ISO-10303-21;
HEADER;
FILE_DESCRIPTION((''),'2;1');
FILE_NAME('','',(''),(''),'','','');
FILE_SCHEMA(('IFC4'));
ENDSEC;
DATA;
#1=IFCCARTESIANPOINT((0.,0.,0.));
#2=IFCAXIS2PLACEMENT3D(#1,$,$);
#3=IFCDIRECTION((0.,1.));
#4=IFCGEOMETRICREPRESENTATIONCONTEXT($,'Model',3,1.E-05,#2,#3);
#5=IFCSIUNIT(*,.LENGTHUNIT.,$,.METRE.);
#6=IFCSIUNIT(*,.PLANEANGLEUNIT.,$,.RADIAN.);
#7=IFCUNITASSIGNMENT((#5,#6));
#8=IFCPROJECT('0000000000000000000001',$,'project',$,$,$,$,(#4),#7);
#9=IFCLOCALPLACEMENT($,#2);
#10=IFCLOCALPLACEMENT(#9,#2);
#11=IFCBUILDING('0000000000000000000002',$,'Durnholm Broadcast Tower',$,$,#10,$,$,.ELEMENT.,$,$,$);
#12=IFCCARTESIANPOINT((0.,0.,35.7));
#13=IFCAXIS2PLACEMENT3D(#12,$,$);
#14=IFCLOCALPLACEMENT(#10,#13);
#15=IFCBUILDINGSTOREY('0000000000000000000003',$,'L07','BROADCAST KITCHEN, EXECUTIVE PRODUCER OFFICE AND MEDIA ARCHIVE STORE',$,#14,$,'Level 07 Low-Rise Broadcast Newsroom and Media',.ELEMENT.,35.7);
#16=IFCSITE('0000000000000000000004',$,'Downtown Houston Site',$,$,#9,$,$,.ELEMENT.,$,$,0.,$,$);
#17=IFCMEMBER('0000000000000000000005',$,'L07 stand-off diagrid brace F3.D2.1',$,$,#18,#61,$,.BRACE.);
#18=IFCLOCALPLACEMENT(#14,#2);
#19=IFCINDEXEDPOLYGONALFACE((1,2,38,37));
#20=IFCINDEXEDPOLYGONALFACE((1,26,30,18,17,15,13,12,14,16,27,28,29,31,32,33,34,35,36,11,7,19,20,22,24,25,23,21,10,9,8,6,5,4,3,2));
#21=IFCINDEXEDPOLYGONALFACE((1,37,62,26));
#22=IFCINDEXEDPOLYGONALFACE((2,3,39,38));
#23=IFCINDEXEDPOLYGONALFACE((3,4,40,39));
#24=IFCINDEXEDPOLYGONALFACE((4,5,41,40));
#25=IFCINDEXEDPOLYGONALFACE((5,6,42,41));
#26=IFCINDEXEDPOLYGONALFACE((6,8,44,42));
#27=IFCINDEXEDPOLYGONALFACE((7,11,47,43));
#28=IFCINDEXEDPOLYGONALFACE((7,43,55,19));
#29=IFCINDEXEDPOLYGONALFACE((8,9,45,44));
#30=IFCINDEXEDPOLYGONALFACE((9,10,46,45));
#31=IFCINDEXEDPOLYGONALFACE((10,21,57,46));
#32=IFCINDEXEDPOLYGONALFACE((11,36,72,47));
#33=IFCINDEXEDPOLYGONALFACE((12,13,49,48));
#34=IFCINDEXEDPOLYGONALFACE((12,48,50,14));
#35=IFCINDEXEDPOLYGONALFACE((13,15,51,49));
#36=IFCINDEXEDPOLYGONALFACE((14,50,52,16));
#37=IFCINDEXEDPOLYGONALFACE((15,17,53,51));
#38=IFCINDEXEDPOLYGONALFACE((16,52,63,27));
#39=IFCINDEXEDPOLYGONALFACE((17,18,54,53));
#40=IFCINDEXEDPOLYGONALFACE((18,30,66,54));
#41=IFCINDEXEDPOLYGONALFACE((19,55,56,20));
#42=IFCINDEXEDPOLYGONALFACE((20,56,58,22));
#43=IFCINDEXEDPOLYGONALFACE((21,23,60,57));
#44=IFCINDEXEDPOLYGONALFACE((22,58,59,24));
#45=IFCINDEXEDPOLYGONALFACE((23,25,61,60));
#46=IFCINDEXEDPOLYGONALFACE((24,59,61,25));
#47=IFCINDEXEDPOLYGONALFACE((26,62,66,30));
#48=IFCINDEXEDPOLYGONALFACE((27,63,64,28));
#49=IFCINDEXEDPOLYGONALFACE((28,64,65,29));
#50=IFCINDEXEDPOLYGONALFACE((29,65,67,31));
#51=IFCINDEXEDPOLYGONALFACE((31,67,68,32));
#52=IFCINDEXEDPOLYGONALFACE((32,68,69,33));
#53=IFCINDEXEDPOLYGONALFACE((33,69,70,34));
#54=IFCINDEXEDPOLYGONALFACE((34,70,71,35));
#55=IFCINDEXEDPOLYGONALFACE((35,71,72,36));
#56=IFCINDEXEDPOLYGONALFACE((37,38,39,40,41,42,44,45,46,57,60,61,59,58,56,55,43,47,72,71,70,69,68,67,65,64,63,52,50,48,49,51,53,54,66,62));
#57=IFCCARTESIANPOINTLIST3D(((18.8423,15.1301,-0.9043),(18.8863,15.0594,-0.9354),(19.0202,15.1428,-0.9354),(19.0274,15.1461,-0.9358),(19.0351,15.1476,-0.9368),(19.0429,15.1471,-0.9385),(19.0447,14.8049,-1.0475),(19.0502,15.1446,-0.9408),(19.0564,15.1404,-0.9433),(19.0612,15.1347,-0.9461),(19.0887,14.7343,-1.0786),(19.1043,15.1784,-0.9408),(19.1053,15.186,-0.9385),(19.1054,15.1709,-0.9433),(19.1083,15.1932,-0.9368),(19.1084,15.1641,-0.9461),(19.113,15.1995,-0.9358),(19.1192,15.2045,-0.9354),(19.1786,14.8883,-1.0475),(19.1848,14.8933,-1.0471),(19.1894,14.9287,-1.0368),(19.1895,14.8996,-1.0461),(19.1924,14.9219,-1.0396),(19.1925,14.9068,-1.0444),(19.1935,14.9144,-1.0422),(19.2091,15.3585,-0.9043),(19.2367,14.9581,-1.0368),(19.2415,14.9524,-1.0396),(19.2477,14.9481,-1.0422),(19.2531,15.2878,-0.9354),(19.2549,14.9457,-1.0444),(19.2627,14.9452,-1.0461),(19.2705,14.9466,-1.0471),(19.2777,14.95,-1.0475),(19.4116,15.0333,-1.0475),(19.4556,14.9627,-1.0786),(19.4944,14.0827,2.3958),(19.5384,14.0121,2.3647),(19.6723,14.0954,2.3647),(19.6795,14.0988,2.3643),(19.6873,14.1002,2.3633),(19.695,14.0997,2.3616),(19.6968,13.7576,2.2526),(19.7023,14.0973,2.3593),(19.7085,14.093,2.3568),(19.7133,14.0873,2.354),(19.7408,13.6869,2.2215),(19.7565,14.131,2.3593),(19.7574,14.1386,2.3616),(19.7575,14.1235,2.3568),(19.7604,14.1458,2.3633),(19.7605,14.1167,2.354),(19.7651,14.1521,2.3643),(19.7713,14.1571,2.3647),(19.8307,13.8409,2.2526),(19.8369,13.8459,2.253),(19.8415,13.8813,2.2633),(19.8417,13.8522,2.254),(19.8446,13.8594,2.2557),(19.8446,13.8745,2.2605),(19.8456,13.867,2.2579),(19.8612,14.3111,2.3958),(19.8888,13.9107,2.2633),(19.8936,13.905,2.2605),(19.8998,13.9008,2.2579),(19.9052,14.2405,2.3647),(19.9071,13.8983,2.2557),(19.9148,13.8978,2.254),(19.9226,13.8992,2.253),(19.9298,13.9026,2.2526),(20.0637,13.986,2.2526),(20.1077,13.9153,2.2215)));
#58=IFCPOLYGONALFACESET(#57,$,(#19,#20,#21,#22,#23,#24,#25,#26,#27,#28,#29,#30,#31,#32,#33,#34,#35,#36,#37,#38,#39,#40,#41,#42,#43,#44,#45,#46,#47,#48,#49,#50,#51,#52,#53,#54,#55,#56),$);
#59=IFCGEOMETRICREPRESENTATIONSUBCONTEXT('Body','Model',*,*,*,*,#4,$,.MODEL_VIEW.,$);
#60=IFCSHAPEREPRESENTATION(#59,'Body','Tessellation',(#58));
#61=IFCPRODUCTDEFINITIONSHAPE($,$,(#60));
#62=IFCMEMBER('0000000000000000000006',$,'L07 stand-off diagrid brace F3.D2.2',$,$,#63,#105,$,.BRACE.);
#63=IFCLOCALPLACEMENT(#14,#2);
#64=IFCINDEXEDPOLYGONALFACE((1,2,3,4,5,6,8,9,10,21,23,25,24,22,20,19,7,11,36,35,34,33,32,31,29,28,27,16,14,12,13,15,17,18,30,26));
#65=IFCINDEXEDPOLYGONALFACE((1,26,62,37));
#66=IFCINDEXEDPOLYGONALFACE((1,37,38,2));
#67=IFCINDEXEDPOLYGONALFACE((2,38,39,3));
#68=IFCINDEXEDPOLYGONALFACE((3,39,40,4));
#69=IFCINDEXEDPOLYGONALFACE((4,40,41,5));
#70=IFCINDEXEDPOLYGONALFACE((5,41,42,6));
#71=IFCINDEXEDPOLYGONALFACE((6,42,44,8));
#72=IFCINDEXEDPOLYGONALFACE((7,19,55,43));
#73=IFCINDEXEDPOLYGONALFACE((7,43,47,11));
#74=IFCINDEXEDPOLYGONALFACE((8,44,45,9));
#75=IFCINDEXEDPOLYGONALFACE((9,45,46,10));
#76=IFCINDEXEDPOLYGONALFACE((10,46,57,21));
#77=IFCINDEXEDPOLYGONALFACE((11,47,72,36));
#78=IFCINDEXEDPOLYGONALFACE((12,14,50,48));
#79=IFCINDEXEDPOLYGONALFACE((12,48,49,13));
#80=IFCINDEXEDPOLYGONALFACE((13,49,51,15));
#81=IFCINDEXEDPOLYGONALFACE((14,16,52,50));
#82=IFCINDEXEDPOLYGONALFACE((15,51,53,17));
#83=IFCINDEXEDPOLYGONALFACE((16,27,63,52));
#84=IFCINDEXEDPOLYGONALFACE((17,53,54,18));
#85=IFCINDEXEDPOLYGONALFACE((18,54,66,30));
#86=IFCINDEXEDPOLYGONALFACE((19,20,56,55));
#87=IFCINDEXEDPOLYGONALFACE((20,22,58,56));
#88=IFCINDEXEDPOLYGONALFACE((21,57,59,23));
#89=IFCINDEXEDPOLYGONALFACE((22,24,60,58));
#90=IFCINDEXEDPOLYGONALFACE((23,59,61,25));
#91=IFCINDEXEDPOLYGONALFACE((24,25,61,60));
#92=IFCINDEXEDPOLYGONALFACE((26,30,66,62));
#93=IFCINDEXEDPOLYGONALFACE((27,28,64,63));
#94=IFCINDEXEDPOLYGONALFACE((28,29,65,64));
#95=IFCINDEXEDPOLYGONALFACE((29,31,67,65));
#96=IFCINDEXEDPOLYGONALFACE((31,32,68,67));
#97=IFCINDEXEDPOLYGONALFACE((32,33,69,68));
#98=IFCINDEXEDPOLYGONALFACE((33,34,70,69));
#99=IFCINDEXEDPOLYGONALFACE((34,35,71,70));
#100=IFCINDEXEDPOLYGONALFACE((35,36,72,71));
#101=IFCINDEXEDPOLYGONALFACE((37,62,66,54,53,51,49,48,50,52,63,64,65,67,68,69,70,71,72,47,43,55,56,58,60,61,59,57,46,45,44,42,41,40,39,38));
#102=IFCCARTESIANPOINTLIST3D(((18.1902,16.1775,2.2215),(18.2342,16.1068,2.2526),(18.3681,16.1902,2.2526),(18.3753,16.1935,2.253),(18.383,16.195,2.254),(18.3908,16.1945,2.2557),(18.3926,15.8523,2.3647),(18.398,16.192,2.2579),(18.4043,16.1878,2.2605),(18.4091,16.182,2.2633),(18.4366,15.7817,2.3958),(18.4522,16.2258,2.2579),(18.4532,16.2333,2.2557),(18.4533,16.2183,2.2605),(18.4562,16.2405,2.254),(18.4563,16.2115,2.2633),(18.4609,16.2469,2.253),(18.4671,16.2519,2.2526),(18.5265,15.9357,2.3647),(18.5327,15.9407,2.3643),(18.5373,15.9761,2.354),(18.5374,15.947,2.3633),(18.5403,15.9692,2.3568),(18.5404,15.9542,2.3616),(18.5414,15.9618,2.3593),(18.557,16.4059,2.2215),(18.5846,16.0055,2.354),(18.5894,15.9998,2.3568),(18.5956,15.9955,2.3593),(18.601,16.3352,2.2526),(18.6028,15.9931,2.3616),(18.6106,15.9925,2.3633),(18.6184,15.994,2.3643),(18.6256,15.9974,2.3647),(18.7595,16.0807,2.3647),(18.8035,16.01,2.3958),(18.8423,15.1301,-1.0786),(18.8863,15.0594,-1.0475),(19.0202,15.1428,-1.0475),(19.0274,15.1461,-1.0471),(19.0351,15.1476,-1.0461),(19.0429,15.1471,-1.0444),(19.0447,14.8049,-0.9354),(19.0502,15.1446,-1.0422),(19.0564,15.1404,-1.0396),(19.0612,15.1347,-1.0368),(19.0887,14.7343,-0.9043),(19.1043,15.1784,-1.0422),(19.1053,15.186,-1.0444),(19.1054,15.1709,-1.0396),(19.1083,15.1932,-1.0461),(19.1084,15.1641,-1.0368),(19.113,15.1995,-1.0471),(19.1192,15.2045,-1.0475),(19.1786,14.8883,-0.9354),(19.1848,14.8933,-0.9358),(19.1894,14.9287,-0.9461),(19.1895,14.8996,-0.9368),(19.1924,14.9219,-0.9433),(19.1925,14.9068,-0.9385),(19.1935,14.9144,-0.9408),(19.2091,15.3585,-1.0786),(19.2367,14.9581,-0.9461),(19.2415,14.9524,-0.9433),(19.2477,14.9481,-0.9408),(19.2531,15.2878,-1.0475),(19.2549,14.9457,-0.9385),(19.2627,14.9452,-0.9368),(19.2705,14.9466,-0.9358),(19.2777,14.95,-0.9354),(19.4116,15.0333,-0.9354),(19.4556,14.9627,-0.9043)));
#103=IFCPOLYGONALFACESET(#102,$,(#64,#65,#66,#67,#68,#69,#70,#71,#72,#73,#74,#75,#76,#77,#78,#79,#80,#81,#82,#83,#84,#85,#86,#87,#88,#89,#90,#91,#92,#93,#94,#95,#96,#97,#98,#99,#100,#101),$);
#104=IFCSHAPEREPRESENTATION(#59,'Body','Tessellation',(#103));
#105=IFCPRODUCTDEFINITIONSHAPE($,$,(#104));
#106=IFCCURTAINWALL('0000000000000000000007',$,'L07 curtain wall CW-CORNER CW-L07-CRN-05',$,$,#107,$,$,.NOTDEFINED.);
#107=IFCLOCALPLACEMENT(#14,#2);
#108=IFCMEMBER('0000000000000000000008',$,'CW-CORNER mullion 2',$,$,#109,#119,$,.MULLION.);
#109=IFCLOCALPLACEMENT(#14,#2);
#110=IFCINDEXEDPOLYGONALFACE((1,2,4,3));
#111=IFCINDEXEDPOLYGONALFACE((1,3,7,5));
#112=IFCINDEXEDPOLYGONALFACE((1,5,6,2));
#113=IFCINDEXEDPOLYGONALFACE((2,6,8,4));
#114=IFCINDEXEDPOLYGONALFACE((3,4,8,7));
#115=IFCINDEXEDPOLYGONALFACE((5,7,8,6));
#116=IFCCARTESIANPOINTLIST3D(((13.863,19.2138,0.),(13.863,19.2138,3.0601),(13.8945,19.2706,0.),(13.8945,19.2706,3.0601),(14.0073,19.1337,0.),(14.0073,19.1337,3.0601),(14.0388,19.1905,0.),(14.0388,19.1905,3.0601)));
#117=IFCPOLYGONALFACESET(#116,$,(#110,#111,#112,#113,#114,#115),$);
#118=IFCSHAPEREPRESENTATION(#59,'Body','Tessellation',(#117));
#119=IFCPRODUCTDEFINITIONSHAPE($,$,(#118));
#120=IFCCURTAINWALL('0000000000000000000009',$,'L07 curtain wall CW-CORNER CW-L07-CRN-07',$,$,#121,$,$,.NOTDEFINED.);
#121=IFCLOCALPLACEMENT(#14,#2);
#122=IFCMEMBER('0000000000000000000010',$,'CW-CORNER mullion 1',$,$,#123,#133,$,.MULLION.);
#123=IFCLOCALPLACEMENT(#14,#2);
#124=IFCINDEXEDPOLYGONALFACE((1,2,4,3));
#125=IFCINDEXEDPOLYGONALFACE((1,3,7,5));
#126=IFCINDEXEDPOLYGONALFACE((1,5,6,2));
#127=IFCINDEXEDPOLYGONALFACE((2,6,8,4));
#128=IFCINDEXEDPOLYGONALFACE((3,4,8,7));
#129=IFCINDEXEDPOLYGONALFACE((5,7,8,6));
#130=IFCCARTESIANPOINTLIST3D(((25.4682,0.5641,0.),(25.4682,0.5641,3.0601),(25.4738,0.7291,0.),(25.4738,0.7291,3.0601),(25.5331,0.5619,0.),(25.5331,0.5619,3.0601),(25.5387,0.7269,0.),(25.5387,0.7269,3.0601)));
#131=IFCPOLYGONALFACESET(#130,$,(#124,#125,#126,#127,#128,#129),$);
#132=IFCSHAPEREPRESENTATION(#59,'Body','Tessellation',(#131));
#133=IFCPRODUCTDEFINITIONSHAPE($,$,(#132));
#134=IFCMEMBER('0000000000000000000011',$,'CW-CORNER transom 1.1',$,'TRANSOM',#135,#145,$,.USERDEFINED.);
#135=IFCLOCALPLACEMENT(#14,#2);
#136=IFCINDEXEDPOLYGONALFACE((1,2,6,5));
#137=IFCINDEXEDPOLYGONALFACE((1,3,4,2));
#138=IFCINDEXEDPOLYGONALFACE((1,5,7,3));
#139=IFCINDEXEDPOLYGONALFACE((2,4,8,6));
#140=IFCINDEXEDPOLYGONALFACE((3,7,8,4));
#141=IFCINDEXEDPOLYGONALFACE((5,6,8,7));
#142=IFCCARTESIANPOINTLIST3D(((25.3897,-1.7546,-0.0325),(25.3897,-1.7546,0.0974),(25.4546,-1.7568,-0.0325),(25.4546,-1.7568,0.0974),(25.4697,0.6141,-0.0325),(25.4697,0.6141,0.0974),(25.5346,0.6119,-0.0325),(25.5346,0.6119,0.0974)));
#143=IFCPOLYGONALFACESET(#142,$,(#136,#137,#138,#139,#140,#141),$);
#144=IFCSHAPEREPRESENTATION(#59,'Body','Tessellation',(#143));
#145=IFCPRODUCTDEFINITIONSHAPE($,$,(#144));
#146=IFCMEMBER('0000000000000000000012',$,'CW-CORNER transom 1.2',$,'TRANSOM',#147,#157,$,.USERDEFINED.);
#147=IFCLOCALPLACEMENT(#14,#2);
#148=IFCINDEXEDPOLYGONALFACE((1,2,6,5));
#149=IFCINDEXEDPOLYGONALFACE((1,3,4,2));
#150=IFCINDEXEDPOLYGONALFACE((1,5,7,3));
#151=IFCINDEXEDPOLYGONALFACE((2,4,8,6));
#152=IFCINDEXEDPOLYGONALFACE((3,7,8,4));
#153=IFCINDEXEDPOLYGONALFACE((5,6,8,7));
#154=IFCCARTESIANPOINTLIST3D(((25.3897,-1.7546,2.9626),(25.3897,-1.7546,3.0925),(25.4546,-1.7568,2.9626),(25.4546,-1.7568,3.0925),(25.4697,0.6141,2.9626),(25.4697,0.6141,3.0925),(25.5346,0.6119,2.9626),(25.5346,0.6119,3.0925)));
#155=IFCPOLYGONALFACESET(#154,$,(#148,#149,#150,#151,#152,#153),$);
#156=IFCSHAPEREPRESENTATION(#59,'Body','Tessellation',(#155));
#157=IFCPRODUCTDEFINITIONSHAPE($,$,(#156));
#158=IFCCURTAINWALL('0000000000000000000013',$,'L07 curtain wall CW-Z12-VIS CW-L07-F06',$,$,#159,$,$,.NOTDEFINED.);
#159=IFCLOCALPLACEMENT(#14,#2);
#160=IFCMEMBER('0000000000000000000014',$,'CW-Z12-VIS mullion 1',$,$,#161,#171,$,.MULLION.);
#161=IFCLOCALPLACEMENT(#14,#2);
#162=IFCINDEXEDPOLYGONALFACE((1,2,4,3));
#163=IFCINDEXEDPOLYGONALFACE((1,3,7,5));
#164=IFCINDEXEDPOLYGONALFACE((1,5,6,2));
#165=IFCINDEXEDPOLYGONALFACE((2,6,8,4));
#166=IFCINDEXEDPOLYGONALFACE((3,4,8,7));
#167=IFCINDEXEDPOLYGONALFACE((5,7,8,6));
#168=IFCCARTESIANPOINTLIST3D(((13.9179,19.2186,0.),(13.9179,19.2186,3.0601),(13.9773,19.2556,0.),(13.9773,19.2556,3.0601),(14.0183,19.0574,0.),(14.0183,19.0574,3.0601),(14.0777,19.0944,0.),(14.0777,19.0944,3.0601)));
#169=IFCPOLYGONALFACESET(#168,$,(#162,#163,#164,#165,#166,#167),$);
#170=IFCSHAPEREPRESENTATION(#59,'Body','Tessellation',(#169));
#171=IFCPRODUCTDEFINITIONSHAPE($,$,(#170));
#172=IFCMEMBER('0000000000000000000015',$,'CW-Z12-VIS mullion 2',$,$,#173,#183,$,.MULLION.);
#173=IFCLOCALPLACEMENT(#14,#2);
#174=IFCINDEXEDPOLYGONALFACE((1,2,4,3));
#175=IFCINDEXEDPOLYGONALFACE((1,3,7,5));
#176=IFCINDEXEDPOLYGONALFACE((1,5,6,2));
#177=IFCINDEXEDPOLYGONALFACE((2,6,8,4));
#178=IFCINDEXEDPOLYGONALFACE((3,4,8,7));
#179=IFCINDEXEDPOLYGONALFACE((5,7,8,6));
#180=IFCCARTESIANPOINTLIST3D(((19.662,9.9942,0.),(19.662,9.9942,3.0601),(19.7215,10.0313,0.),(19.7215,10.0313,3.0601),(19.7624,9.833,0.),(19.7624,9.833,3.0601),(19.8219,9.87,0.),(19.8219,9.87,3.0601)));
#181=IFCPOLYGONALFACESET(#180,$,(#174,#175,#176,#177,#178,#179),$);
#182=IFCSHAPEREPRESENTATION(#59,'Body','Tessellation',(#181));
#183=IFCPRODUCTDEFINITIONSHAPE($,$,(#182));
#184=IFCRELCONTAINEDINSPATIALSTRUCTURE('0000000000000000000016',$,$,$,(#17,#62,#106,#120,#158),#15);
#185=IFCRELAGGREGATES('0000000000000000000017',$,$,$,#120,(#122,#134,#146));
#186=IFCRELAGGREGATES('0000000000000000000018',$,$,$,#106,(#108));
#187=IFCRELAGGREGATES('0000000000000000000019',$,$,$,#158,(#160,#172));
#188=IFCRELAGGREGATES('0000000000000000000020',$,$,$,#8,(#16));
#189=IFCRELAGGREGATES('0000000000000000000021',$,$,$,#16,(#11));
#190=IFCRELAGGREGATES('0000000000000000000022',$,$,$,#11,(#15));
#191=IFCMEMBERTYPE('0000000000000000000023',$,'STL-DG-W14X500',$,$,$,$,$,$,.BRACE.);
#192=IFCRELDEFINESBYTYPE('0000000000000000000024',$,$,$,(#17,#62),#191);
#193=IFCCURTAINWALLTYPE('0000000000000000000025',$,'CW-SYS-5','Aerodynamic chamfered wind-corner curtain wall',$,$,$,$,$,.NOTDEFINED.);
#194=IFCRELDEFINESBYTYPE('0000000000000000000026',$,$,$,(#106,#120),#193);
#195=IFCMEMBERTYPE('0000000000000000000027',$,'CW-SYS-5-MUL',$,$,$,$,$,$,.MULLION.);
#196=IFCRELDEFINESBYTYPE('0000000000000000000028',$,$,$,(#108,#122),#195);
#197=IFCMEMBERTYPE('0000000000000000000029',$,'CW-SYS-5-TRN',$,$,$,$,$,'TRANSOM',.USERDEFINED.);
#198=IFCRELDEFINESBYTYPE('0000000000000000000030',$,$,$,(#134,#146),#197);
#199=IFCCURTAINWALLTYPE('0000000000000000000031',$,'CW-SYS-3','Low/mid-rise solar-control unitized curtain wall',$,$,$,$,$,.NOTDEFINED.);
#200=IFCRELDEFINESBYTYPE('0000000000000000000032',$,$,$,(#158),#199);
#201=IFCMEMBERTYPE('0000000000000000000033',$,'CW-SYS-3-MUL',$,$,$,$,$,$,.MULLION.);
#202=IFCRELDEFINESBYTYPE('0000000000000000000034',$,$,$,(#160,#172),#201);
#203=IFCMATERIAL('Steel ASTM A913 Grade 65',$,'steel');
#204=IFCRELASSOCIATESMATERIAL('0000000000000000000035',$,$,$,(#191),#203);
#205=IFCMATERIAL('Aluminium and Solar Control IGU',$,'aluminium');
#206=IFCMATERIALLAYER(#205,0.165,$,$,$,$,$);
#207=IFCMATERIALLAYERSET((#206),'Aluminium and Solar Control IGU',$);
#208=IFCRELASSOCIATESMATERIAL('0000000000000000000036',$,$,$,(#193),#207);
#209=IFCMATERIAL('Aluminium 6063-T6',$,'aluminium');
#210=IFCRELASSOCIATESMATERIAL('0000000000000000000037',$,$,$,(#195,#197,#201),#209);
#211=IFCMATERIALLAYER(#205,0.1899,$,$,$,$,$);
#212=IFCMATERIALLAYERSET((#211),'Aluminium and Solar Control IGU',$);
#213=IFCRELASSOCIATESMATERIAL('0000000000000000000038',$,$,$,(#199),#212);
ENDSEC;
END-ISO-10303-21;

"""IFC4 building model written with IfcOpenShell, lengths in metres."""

from ifc_helpers import new_model, si_unit, direction, frame, origin, origin_2d, place, context, subcontext, project, spatial, rectangle, i_section, extrude, source, transform, mapped, material, layer, layer_set, material_profile, profile_set, type_object, type_shapes, element, aggregate, save


model = new_model("IFC4")

# Units and contexts
model_context = context("Model", 3, precision=1e-05, world=origin(), true_north=direction((0.0, 1.0)))
body_context = subcontext(model_context, "Body", "Model", "MODEL_VIEW")
ifc_project = project(units=[si_unit("LENGTHUNIT", "METRE"), si_unit("PLANEANGLEUNIT", "RADIAN")], contexts=[model_context])

# Site, building, storey
site_placement = place(None, origin())
site = spatial("IfcSite", under=ifc_project, at=site_placement, Name="Downtown Houston Site", CompositionType="ELEMENT", RefElevation=0.0)
building_placement = place(site_placement, origin())
building = spatial("IfcBuilding", under=site, at=building_placement, Name="Durnholm Broadcast Tower", CompositionType="ELEMENT")
storey_placement = place(building_placement, frame((0.0, 0.0, 35.7)))
storey = spatial("IfcBuildingStorey", under=building, at=storey_placement, Name="L07", Description="BROADCAST KITCHEN, EXECUTIVE PRODUCER OFFICE AND MEDIA ARCHIVE STORE", LongName="Level 07 Low-Rise Broadcast Newsroom and Media", CompositionType="ELEMENT", Elevation=35.7)

# Members
ifc_material_1 = material(Name="Steel ASTM A913 Grade 65", Category="steel")
ifc_material_profile_1 = material_profile(ifc_material_1, i_section(OverallWidth=0.4321, OverallDepth=0.4978, WebThickness=0.0557, FlangeThickness=0.0889, FilletRadius=0.0305, at=origin_2d()), Name="W14X500")
ifc_profile_set_1 = profile_set([ifc_material_profile_1], Name="Steel ASTM A913 Grade 65")
member_type_1 = type_object("IfcMemberType", Name="STL-DG-W14X500", PredefinedType="BRACE", material=ifc_profile_set_1)
shared_shape_1 = source(origin(), body_context, "Body", "SweptSolid", [
    extrude(i_section(OverallWidth=0.4321, OverallDepth=0.4978, WebThickness=0.0557, FlangeThickness=0.0889, FilletRadius=0.0305, at=origin_2d()), origin(), (0.0, 0.0, 1.0), 3.5232),
])
type_shapes(member_type_1, [shared_shape_1])
for number, where, z_axis, x_axis, name in (
    (1, (19.1489, 15.0464, -0.9915), (0.18509, -0.297281, 0.936678), (0.848909, 0.52854, 0.0), "L07 stand-off diagrid brace F3.D2.1"),
    (2, (19.1489, 15.0464, -0.9915), (-0.18509, 0.297281, 0.936678), (-0.848909, -0.52854, 0.0), "L07 stand-off diagrid brace F3.D2.2"),
):
    element("IfcMember", number, at=place(storey_placement, frame(where, z_axis=z_axis, x_axis=x_axis)), inside=storey, type_object=member_type_1, Name=name, PredefinedType="BRACE", context=body_context, shape_type="MappedRepresentation", body=[
        mapped(shared_shape_1, transform((0.0, 0.0, 0.0), x_axis=(1.0, 0.0, 0.0), y_axis=(0.0, 1.0, 0.0), z_axis=(0.0, 0.0, 1.0), scale=1.0)),
    ])

# Curtain wall, member
ifc_material_2 = material(Name="Aluminium and Solar Control IGU", Category="aluminium")
ifc_layer_1 = layer(ifc_material_2, 0.165)
ifc_layer_set_1 = layer_set([ifc_layer_1], Name="Aluminium and Solar Control IGU")
curtain_wall_type_1 = type_object("IfcCurtainWallType", Name="CW-SYS-5", Description="Aerodynamic chamfered wind-corner curtain wall", PredefinedType="NOTDEFINED", material=ifc_layer_set_1)
curtain_wall_1_placement = place(storey_placement, origin())
curtain_wall_1 = element("IfcCurtainWall", 3, at=curtain_wall_1_placement, inside=storey, type_object=curtain_wall_type_1, Name="L07 curtain wall CW-CORNER CW-L07-CRN-05", PredefinedType="NOTDEFINED")
ifc_material_3 = material(Name="Aluminium 6063-T6", Category="aluminium")
ifc_material_profile_2 = material_profile(ifc_material_3, rectangle(XDim=0.0649, YDim=0.165, at=origin_2d()), Name="CWM65X165")
ifc_profile_set_2 = profile_set([ifc_material_profile_2], Name="Aluminium 6063-T6")
member_type_2 = type_object("IfcMemberType", Name="CW-SYS-5-MUL", PredefinedType="MULLION", material=ifc_profile_set_2)
shared_shape_2 = source(origin(), body_context, "Body", "SweptSolid", [
    extrude(rectangle(XDim=0.0649, YDim=0.165, at=origin_2d()), origin(), (0.0, 0.0, 1.0), 3.0601),
])
type_shapes(member_type_2, [shared_shape_2])
member_1_placement = place(storey_placement, frame((13.9509, 19.2021, 0.0), z_axis=(0.0, 0.0, 1.0), x_axis=(0.485483, 0.874246, 0.0)))
member_1 = element("IfcMember", 4, at=member_1_placement, type_object=member_type_2, Name="CW-CORNER mullion 2", PredefinedType="MULLION", context=body_context, shape_type="MappedRepresentation", body=[
    mapped(shared_shape_2, transform((0.0, 0.0, 0.0), x_axis=(1.0, 0.0, 0.0), y_axis=(0.0, 1.0, 0.0), z_axis=(0.0, 0.0, 1.0), scale=1.0)),
])

# Curtain walls, members
curtain_wall_2_placement = place(storey_placement, origin())
curtain_wall_2 = element("IfcCurtainWall", 5, at=curtain_wall_2_placement, inside=storey, type_object=curtain_wall_type_1, Name="L07 curtain wall CW-CORNER CW-L07-CRN-07", PredefinedType="NOTDEFINED")
member_2_placement = place(storey_placement, frame((25.5034, 0.6455, 0.0), z_axis=(0.0, 0.0, 1.0), x_axis=(0.999427, -0.03384, 0.0)))
member_2 = element("IfcMember", 6, at=member_2_placement, type_object=member_type_2, Name="CW-CORNER mullion 1", PredefinedType="MULLION", context=body_context, shape_type="MappedRepresentation", body=[
    mapped(shared_shape_2, transform((0.0, 0.0, 0.0), x_axis=(1.0, 0.0, 0.0), y_axis=(0.0, 1.0, 0.0), z_axis=(0.0, 0.0, 1.0), scale=1.0)),
])
ifc_material_profile_3 = material_profile(ifc_material_3, rectangle(XDim=0.0649, YDim=0.1299, at=origin_2d()), Name="CWT65X130")
ifc_profile_set_3 = profile_set([ifc_material_profile_3], Name="Aluminium 6063-T6")
member_type_3 = type_object("IfcMemberType", Name="CW-SYS-5-TRN", ElementType="TRANSOM", PredefinedType="USERDEFINED", material=ifc_profile_set_3)
shared_shape_3 = source(origin(), body_context, "Body", "SweptSolid", [
    extrude(rectangle(XDim=0.0649, YDim=0.1299, at=origin_2d()), origin(), (0.0, 0.0, 1.0), 2.3701),
])
type_shapes(member_type_3, [shared_shape_3])
member_3_placement = place(storey_placement, frame((25.5022, 0.613, 0.0325), z_axis=(-0.033788, -0.999429, 0.0), x_axis=(0.999429, -0.033788, 0.0)))
member_3 = element("IfcMember", 7, at=member_3_placement, type_object=member_type_3, Name="CW-CORNER transom 1.1", ObjectType="TRANSOM", PredefinedType="USERDEFINED", context=body_context, shape_type="MappedRepresentation", body=[
    mapped(shared_shape_3, transform((0.0, 0.0, 0.0), x_axis=(1.0, 0.0, 0.0), y_axis=(0.0, 1.0, 0.0), z_axis=(0.0, 0.0, 1.0), scale=1.0)),
])
member_4_placement = place(storey_placement, frame((25.5022, 0.613, 3.0276), z_axis=(-0.033788, -0.999429, 0.0), x_axis=(0.999429, -0.033788, 0.0)))
member_4 = element("IfcMember", 8, at=member_4_placement, type_object=member_type_3, Name="CW-CORNER transom 1.2", ObjectType="TRANSOM", PredefinedType="USERDEFINED", context=body_context, shape_type="MappedRepresentation", body=[
    mapped(shared_shape_3, transform((0.0, 0.0, 0.0), x_axis=(1.0, 0.0, 0.0), y_axis=(0.0, 1.0, 0.0), z_axis=(0.0, 0.0, 1.0), scale=1.0)),
])
aggregate(curtain_wall_2, [member_2, member_3, member_4])
ifc_layer_2 = layer(ifc_material_2, 0.1899)
ifc_layer_set_2 = layer_set([ifc_layer_2], Name="Aluminium and Solar Control IGU")
curtain_wall_type_2 = type_object("IfcCurtainWallType", Name="CW-SYS-3", Description="Low/mid-rise solar-control unitized curtain wall", PredefinedType="NOTDEFINED", material=ifc_layer_set_2)
curtain_wall_3_placement = place(storey_placement, origin())
curtain_wall_3 = element("IfcCurtainWall", 9, at=curtain_wall_3_placement, inside=storey, type_object=curtain_wall_type_2, Name="L07 curtain wall CW-Z12-VIS CW-L07-F06", PredefinedType="NOTDEFINED")
ifc_material_profile_4 = material_profile(ifc_material_3, rectangle(XDim=0.0701, YDim=0.1899, at=origin_2d()), Name="CWM70X190")
ifc_profile_set_4 = profile_set([ifc_material_profile_4], Name="Aluminium 6063-T6")
member_type_4 = type_object("IfcMemberType", Name="CW-SYS-3-MUL", PredefinedType="MULLION", material=ifc_profile_set_4)
shared_shape_4 = source(origin(), body_context, "Body", "SweptSolid", [
    extrude(rectangle(XDim=0.0701, YDim=0.1899, at=origin_2d()), origin(), (0.0, 0.0, 1.0), 3.0601),
])
type_shapes(member_type_4, [shared_shape_4])
member_5_placement = place(storey_placement, frame((13.9978, 19.1565, 0.0), z_axis=(0.0, 0.0, 1.0), x_axis=(0.848876, 0.528592, 0.0)))
member_5 = element("IfcMember", 10, at=member_5_placement, type_object=member_type_4, Name="CW-Z12-VIS mullion 1", PredefinedType="MULLION", context=body_context, shape_type="MappedRepresentation", body=[
    mapped(shared_shape_4, transform((0.0, 0.0, 0.0), x_axis=(1.0, 0.0, 0.0), y_axis=(0.0, 1.0, 0.0), z_axis=(0.0, 0.0, 1.0), scale=1.0)),
])
member_6_placement = place(storey_placement, frame((19.7419, 9.9321, 0.0), z_axis=(0.0, 0.0, 1.0), x_axis=(0.848876, 0.528592, 0.0)))
member_6 = element("IfcMember", 11, at=member_6_placement, type_object=member_type_4, Name="CW-Z12-VIS mullion 2", PredefinedType="MULLION", context=body_context, shape_type="MappedRepresentation", body=[
    mapped(shared_shape_4, transform((0.0, 0.0, 0.0), x_axis=(1.0, 0.0, 0.0), y_axis=(0.0, 1.0, 0.0), z_axis=(0.0, 0.0, 1.0), scale=1.0)),
])

aggregate(curtain_wall_1, [member_1])
aggregate(curtain_wall_3, [member_5, member_6])

save(model, "model.ifc")
